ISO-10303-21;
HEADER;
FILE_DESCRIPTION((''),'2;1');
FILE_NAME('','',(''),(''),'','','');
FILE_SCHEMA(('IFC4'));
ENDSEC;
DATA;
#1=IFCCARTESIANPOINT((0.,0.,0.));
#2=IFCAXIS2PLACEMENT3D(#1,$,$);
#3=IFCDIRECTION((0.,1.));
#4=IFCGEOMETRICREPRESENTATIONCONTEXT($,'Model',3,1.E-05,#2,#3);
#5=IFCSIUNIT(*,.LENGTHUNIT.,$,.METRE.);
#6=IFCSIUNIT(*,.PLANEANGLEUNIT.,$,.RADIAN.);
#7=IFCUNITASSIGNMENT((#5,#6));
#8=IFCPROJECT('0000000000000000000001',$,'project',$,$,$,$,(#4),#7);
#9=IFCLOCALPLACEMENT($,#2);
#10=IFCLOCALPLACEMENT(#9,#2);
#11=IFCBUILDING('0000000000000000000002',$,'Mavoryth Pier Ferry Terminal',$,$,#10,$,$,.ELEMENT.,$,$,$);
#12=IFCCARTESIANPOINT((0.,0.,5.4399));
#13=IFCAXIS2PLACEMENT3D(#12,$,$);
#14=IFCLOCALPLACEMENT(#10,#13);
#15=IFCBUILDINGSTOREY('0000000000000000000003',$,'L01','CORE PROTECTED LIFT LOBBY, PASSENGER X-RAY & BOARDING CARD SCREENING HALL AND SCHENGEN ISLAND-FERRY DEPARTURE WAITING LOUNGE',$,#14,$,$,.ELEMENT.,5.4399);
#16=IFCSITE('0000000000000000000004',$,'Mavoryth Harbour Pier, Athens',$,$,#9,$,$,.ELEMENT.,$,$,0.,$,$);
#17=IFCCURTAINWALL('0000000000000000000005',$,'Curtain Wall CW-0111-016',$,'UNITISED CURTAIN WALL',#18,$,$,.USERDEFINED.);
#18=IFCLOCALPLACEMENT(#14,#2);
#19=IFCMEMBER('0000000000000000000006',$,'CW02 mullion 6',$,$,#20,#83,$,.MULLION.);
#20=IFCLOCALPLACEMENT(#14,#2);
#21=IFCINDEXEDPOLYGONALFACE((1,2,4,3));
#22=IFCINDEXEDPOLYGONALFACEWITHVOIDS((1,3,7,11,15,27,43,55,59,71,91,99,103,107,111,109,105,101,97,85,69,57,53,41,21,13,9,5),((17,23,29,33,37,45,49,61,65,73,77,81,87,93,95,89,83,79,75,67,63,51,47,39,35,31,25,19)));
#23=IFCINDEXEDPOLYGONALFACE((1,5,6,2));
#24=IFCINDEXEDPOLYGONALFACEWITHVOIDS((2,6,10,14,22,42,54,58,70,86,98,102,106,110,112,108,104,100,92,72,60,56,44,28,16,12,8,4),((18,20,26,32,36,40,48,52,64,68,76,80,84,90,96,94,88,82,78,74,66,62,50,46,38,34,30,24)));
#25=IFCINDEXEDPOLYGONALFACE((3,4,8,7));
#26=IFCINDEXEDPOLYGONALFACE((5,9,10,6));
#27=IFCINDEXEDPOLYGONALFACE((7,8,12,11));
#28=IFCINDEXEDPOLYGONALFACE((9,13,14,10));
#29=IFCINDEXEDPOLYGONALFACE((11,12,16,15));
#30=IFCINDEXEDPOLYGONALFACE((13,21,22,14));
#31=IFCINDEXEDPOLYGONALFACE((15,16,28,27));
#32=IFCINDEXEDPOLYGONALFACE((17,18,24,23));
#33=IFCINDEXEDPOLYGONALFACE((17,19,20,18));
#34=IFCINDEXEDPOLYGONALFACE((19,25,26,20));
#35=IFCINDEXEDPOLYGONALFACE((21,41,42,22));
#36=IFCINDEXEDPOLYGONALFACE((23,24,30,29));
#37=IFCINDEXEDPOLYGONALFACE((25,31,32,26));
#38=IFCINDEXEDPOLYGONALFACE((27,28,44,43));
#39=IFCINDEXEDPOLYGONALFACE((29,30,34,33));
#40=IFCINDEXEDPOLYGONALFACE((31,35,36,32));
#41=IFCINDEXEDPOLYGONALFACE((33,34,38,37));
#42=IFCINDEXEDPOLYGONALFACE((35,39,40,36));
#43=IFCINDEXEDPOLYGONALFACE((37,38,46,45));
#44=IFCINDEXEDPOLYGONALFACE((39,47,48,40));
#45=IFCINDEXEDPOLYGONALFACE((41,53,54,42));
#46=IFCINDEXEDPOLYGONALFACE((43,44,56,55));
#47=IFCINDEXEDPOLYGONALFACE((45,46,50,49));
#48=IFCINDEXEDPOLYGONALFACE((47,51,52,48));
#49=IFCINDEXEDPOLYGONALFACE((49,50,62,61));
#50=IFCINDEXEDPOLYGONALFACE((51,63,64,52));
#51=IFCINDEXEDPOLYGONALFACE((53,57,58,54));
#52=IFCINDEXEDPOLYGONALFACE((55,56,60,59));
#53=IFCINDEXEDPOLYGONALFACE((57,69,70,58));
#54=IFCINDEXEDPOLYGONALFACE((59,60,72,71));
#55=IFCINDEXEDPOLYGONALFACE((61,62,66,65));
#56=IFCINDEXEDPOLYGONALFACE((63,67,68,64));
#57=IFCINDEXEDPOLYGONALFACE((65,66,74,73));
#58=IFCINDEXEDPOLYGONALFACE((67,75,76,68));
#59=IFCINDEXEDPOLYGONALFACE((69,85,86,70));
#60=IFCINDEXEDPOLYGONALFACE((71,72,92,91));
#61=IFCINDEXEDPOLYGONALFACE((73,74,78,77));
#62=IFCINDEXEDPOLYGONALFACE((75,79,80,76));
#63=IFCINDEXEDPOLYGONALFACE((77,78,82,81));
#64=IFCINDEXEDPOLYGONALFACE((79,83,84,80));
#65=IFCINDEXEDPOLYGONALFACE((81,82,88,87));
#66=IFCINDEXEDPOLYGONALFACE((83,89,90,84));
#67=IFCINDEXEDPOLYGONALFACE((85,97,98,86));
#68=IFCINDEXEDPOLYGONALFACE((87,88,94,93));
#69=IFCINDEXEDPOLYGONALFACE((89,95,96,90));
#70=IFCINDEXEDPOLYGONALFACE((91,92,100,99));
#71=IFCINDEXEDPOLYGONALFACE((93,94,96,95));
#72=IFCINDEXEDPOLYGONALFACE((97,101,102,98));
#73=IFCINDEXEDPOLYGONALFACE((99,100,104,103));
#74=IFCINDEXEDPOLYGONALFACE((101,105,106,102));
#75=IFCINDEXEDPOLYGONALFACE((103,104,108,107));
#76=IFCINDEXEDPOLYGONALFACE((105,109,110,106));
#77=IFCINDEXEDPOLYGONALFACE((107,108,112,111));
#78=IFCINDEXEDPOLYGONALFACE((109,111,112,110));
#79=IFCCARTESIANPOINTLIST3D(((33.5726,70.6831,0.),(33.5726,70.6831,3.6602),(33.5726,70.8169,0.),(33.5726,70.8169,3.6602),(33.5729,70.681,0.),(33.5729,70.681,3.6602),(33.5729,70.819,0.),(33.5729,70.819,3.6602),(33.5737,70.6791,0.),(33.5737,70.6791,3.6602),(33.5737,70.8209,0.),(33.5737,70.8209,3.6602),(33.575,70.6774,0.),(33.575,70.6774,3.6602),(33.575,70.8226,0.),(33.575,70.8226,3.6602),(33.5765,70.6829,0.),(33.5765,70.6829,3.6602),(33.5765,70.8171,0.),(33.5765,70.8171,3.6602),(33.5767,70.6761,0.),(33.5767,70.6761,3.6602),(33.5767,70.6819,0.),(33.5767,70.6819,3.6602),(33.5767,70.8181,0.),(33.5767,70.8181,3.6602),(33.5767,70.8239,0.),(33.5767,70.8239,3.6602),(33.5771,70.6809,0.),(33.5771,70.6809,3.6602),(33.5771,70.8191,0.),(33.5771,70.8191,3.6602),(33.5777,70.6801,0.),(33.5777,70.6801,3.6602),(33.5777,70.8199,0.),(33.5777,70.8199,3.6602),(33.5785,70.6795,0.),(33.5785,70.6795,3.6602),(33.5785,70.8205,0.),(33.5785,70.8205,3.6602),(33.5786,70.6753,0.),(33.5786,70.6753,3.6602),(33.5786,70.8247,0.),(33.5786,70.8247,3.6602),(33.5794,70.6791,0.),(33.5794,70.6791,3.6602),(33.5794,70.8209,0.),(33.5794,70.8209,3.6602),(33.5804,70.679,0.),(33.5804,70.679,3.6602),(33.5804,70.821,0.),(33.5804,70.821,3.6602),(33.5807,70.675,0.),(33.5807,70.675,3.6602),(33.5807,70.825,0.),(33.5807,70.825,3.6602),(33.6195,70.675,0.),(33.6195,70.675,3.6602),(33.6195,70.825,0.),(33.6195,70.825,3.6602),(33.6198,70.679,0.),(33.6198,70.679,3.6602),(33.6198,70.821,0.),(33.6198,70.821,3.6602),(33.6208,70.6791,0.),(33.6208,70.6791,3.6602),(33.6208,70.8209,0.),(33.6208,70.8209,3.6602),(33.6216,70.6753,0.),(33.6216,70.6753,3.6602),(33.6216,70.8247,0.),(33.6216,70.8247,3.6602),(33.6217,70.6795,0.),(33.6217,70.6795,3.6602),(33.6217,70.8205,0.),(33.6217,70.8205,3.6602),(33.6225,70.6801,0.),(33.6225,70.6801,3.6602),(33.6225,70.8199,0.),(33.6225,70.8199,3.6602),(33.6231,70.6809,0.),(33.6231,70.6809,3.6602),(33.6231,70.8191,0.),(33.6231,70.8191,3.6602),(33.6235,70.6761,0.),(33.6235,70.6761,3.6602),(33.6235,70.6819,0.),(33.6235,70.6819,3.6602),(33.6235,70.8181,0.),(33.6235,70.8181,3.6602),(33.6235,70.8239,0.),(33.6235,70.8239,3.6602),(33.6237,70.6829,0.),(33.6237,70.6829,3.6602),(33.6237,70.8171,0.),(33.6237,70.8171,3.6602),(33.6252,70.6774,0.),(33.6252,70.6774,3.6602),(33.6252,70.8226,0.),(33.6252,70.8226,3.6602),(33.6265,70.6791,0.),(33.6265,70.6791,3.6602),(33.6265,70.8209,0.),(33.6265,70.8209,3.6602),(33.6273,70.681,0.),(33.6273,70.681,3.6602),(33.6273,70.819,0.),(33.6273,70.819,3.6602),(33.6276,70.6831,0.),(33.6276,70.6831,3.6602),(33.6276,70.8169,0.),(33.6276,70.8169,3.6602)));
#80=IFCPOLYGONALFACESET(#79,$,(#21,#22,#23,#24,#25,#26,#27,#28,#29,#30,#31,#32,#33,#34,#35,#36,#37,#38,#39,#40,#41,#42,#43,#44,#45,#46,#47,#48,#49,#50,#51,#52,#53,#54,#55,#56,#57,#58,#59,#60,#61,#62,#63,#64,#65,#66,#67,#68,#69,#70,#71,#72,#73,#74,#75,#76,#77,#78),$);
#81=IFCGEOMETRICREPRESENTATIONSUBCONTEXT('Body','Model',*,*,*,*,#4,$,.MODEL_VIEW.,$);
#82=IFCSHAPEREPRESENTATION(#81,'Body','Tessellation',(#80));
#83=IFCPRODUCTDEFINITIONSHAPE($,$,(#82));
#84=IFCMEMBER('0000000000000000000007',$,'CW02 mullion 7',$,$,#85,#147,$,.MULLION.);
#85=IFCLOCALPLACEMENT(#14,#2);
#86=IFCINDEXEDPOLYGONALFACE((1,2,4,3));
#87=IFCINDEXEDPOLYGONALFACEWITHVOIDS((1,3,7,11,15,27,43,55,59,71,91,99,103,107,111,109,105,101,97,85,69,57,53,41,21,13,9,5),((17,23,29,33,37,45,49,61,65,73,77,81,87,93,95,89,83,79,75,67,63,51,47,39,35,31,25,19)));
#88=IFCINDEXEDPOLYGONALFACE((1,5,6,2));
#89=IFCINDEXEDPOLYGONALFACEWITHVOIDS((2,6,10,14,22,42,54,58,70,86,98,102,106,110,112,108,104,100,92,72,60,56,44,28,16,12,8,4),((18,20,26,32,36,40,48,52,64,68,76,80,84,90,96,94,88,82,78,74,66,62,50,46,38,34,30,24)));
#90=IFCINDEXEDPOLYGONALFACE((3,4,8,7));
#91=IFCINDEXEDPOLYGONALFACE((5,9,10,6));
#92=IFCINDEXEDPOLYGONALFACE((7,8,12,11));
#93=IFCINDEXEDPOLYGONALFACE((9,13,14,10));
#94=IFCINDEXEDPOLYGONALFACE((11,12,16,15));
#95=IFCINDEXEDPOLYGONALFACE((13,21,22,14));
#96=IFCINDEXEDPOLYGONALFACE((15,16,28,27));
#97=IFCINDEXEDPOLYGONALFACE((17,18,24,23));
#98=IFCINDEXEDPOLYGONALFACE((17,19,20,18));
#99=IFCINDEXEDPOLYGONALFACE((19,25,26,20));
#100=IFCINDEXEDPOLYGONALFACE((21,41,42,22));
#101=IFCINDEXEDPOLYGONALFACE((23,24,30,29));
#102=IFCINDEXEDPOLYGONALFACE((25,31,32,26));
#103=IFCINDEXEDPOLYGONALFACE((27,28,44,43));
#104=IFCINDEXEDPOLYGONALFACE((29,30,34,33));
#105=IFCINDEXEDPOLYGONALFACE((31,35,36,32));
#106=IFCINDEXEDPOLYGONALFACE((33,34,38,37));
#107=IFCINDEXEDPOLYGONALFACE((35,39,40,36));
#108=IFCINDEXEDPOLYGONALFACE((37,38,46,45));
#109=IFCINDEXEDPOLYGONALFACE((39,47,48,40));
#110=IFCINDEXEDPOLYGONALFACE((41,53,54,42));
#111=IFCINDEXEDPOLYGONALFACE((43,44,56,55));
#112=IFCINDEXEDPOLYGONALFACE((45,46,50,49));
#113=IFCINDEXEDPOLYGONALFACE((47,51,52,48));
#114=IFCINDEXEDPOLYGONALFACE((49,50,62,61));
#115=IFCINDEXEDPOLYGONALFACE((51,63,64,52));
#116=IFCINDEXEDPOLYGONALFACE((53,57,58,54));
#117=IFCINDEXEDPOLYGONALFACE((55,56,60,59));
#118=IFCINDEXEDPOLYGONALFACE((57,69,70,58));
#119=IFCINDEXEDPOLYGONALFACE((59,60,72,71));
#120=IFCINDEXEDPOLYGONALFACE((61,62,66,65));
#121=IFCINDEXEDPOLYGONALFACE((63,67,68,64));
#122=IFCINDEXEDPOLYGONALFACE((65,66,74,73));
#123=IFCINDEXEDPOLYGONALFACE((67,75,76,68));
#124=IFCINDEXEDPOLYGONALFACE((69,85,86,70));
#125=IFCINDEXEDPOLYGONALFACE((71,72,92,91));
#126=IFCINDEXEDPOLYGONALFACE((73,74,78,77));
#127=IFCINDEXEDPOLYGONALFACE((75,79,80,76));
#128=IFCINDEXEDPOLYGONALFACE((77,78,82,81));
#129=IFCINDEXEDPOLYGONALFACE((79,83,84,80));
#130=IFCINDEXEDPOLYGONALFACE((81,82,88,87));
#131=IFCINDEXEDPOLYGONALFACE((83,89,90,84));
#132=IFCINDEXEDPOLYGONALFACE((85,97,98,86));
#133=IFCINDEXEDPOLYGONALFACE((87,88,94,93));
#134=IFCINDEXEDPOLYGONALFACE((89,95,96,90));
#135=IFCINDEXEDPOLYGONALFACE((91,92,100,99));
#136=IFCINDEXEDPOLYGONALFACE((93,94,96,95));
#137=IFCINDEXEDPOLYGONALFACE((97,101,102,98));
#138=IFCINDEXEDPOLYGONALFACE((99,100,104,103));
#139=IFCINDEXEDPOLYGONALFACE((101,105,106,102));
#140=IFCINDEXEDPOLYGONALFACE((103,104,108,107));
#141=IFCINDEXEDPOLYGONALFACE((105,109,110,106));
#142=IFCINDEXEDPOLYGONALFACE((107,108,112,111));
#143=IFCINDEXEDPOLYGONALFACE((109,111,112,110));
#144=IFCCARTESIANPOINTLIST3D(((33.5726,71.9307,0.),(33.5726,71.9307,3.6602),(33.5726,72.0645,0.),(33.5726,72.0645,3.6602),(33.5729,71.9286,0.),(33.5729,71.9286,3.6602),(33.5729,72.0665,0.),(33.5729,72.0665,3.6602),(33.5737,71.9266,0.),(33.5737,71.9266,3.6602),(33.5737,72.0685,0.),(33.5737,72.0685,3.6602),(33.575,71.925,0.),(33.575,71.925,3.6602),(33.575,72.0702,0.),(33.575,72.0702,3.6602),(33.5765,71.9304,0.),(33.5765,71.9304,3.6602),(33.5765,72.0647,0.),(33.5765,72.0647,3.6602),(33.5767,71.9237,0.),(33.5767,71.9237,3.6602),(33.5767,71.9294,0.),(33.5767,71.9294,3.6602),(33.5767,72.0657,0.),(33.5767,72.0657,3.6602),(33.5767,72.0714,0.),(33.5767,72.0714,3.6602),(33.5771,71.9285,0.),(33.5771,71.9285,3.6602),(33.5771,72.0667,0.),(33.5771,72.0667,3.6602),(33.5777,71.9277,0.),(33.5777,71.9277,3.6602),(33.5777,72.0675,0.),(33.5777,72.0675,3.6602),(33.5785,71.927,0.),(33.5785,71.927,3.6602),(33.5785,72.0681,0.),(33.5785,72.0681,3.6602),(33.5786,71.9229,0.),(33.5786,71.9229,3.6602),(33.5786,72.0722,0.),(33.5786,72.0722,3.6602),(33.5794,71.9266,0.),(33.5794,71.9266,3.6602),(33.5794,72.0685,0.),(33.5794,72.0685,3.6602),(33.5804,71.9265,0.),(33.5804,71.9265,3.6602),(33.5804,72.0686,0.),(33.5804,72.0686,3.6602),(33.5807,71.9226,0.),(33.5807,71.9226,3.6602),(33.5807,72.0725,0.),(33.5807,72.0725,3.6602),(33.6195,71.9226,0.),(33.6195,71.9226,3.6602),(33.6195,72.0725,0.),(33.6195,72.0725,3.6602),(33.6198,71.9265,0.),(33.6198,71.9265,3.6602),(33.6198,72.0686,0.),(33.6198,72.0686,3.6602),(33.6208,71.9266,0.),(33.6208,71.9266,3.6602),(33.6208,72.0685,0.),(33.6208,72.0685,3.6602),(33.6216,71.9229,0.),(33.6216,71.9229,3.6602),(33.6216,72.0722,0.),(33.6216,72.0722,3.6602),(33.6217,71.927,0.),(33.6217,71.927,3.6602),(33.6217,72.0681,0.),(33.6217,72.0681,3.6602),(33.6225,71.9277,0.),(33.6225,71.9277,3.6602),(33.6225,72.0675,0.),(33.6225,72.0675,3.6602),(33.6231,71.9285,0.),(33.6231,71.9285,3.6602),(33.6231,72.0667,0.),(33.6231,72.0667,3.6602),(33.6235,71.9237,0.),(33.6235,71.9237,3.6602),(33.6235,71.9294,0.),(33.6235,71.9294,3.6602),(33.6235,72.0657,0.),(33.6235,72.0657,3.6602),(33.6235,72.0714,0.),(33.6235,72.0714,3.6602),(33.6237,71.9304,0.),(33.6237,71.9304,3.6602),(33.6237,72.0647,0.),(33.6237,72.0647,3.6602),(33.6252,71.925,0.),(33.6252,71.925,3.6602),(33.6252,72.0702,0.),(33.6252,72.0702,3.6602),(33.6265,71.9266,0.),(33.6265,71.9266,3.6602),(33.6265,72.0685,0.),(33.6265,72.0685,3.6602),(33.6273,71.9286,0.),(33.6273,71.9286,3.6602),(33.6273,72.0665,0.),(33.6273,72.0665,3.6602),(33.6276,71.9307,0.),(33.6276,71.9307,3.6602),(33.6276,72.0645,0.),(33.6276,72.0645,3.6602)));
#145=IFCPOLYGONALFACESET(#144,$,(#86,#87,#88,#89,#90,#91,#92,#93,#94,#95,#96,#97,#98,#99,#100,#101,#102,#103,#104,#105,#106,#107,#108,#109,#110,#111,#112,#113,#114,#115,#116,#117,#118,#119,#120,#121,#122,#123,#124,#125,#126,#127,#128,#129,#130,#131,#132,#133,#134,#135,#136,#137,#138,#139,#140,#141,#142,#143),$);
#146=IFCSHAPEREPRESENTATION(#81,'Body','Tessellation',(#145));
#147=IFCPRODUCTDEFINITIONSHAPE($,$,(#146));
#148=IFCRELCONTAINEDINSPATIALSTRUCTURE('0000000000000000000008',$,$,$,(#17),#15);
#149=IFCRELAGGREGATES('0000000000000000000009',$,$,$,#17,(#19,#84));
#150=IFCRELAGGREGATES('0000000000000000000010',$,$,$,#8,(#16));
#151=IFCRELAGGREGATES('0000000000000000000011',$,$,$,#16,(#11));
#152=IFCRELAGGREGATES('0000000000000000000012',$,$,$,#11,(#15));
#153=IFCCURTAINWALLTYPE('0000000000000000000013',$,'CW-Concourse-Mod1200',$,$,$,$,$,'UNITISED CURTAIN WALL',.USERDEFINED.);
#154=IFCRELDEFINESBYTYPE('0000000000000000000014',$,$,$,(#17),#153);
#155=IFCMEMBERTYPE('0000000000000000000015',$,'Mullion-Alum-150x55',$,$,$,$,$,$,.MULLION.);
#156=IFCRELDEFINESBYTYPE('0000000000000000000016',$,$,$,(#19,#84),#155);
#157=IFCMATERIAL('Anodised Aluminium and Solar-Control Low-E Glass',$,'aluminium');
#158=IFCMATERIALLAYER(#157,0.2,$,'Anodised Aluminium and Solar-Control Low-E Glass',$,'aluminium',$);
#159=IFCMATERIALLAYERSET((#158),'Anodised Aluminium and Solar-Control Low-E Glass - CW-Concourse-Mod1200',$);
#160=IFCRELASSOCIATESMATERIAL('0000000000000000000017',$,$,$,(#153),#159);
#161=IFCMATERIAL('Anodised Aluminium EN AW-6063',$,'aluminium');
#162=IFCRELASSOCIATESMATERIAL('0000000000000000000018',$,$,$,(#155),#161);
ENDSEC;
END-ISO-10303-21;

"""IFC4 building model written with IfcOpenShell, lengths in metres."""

from ifc_helpers import new_model, si_unit, direction, frame, origin, origin_2d, place, context, subcontext, project, spatial, hollow_rectangle, extrude, material, layer, layer_set, material_profile, profile_set, type_object, element, aggregate, save


model = new_model("IFC4")

# Units and contexts
model_context = context("Model", 3, precision=1e-05, world=origin(), true_north=direction((0.0, 1.0)))
body_context = subcontext(model_context, "Body", "Model", "MODEL_VIEW")
ifc_project = project(units=[si_unit("LENGTHUNIT", "METRE"), si_unit("PLANEANGLEUNIT", "RADIAN")], contexts=[model_context])

# Site, building, storey
site_placement = place(None, origin())
site = spatial("IfcSite", under=ifc_project, at=site_placement, Name="Mavoryth Harbour Pier, Athens", CompositionType="ELEMENT", RefElevation=0.0)
building_placement = place(site_placement, origin())
building = spatial("IfcBuilding", under=site, at=building_placement, Name="Mavoryth Pier Ferry Terminal", CompositionType="ELEMENT")
storey_placement = place(building_placement, frame((0.0, 0.0, 5.4399)))
storey = spatial("IfcBuildingStorey", under=building, at=storey_placement, Name="L01", Description="CORE PROTECTED LIFT LOBBY, PASSENGER X-RAY & BOARDING CARD SCREENING HALL AND SCHENGEN ISLAND-FERRY DEPARTURE WAITING LOUNGE", CompositionType="ELEMENT", Elevation=5.4399)

# Curtain wall, members
ifc_material_1 = material(Name="Anodised Aluminium and Solar-Control Low-E Glass", Category="aluminium")
ifc_layer_1 = layer(ifc_material_1, 0.2, Name="Anodised Aluminium and Solar-Control Low-E Glass", Category="aluminium")
ifc_layer_set_1 = layer_set([ifc_layer_1], Name="Anodised Aluminium and Solar-Control Low-E Glass - CW-Concourse-Mod1200")
curtain_wall_type = type_object("IfcCurtainWallType", Name="CW-Concourse-Mod1200", ElementType="UNITISED CURTAIN WALL", PredefinedType="USERDEFINED", material=ifc_layer_set_1)
curtain_wall_1_placement = place(storey_placement, origin())
curtain_wall_1 = element("IfcCurtainWall", 1, at=curtain_wall_1_placement, inside=storey, type_object=curtain_wall_type, Name="Curtain Wall CW-0111-016", ObjectType="UNITISED CURTAIN WALL", PredefinedType="USERDEFINED")
ifc_material_2 = material(Name="Anodised Aluminium EN AW-6063", Category="aluminium")
ifc_material_profile_1 = material_profile(ifc_material_2, hollow_rectangle(XDim=0.0549, YDim=0.1499, WallThickness=0.0039, InnerFilletRadius=0.0039, OuterFilletRadius=0.0081, at=origin_2d()), Name="AL-MULL 150x55x4", Category="aluminium")
ifc_profile_set_1 = profile_set([ifc_material_profile_1], Name="Anodised Aluminium EN AW-6063 - AL-MULL 150x55x4")
member_type_1 = type_object("IfcMemberType", Name="Mullion-Alum-150x55", PredefinedType="MULLION", material=ifc_profile_set_1)
member_1_placement = place(storey_placement, frame((33.6001, 70.75, 0.0), z_axis=(0.0, 0.0, 1.0), x_axis=(-1.0, 0.0, 0.0)))
member_1 = element("IfcMember", 2, at=member_1_placement, type_object=member_type_1, Name="CW02 mullion 6", PredefinedType="MULLION", context=body_context, shape_type="SweptSolid", body=[
    extrude(hollow_rectangle(XDim=0.0549, YDim=0.1499, WallThickness=0.0039, InnerFilletRadius=0.0039, OuterFilletRadius=0.0081, at=origin_2d()), origin(), (0.0, 0.0, 1.0), 3.6602),
])
member_2_placement = place(storey_placement, frame((33.6001, 71.9976, 0.0), z_axis=(0.0, 0.0, 1.0), x_axis=(-1.0, 0.0, 0.0)))
member_2 = element("IfcMember", 3, at=member_2_placement, type_object=member_type_1, Name="CW02 mullion 7", PredefinedType="MULLION", context=body_context, shape_type="SweptSolid", body=[
    extrude(hollow_rectangle(XDim=0.0549, YDim=0.1499, WallThickness=0.0039, InnerFilletRadius=0.0039, OuterFilletRadius=0.0081, at=origin_2d()), origin(), (0.0, 0.0, 1.0), 3.6602),
])

aggregate(curtain_wall_1, [member_1, member_2])

save(model, "model.ifc")
